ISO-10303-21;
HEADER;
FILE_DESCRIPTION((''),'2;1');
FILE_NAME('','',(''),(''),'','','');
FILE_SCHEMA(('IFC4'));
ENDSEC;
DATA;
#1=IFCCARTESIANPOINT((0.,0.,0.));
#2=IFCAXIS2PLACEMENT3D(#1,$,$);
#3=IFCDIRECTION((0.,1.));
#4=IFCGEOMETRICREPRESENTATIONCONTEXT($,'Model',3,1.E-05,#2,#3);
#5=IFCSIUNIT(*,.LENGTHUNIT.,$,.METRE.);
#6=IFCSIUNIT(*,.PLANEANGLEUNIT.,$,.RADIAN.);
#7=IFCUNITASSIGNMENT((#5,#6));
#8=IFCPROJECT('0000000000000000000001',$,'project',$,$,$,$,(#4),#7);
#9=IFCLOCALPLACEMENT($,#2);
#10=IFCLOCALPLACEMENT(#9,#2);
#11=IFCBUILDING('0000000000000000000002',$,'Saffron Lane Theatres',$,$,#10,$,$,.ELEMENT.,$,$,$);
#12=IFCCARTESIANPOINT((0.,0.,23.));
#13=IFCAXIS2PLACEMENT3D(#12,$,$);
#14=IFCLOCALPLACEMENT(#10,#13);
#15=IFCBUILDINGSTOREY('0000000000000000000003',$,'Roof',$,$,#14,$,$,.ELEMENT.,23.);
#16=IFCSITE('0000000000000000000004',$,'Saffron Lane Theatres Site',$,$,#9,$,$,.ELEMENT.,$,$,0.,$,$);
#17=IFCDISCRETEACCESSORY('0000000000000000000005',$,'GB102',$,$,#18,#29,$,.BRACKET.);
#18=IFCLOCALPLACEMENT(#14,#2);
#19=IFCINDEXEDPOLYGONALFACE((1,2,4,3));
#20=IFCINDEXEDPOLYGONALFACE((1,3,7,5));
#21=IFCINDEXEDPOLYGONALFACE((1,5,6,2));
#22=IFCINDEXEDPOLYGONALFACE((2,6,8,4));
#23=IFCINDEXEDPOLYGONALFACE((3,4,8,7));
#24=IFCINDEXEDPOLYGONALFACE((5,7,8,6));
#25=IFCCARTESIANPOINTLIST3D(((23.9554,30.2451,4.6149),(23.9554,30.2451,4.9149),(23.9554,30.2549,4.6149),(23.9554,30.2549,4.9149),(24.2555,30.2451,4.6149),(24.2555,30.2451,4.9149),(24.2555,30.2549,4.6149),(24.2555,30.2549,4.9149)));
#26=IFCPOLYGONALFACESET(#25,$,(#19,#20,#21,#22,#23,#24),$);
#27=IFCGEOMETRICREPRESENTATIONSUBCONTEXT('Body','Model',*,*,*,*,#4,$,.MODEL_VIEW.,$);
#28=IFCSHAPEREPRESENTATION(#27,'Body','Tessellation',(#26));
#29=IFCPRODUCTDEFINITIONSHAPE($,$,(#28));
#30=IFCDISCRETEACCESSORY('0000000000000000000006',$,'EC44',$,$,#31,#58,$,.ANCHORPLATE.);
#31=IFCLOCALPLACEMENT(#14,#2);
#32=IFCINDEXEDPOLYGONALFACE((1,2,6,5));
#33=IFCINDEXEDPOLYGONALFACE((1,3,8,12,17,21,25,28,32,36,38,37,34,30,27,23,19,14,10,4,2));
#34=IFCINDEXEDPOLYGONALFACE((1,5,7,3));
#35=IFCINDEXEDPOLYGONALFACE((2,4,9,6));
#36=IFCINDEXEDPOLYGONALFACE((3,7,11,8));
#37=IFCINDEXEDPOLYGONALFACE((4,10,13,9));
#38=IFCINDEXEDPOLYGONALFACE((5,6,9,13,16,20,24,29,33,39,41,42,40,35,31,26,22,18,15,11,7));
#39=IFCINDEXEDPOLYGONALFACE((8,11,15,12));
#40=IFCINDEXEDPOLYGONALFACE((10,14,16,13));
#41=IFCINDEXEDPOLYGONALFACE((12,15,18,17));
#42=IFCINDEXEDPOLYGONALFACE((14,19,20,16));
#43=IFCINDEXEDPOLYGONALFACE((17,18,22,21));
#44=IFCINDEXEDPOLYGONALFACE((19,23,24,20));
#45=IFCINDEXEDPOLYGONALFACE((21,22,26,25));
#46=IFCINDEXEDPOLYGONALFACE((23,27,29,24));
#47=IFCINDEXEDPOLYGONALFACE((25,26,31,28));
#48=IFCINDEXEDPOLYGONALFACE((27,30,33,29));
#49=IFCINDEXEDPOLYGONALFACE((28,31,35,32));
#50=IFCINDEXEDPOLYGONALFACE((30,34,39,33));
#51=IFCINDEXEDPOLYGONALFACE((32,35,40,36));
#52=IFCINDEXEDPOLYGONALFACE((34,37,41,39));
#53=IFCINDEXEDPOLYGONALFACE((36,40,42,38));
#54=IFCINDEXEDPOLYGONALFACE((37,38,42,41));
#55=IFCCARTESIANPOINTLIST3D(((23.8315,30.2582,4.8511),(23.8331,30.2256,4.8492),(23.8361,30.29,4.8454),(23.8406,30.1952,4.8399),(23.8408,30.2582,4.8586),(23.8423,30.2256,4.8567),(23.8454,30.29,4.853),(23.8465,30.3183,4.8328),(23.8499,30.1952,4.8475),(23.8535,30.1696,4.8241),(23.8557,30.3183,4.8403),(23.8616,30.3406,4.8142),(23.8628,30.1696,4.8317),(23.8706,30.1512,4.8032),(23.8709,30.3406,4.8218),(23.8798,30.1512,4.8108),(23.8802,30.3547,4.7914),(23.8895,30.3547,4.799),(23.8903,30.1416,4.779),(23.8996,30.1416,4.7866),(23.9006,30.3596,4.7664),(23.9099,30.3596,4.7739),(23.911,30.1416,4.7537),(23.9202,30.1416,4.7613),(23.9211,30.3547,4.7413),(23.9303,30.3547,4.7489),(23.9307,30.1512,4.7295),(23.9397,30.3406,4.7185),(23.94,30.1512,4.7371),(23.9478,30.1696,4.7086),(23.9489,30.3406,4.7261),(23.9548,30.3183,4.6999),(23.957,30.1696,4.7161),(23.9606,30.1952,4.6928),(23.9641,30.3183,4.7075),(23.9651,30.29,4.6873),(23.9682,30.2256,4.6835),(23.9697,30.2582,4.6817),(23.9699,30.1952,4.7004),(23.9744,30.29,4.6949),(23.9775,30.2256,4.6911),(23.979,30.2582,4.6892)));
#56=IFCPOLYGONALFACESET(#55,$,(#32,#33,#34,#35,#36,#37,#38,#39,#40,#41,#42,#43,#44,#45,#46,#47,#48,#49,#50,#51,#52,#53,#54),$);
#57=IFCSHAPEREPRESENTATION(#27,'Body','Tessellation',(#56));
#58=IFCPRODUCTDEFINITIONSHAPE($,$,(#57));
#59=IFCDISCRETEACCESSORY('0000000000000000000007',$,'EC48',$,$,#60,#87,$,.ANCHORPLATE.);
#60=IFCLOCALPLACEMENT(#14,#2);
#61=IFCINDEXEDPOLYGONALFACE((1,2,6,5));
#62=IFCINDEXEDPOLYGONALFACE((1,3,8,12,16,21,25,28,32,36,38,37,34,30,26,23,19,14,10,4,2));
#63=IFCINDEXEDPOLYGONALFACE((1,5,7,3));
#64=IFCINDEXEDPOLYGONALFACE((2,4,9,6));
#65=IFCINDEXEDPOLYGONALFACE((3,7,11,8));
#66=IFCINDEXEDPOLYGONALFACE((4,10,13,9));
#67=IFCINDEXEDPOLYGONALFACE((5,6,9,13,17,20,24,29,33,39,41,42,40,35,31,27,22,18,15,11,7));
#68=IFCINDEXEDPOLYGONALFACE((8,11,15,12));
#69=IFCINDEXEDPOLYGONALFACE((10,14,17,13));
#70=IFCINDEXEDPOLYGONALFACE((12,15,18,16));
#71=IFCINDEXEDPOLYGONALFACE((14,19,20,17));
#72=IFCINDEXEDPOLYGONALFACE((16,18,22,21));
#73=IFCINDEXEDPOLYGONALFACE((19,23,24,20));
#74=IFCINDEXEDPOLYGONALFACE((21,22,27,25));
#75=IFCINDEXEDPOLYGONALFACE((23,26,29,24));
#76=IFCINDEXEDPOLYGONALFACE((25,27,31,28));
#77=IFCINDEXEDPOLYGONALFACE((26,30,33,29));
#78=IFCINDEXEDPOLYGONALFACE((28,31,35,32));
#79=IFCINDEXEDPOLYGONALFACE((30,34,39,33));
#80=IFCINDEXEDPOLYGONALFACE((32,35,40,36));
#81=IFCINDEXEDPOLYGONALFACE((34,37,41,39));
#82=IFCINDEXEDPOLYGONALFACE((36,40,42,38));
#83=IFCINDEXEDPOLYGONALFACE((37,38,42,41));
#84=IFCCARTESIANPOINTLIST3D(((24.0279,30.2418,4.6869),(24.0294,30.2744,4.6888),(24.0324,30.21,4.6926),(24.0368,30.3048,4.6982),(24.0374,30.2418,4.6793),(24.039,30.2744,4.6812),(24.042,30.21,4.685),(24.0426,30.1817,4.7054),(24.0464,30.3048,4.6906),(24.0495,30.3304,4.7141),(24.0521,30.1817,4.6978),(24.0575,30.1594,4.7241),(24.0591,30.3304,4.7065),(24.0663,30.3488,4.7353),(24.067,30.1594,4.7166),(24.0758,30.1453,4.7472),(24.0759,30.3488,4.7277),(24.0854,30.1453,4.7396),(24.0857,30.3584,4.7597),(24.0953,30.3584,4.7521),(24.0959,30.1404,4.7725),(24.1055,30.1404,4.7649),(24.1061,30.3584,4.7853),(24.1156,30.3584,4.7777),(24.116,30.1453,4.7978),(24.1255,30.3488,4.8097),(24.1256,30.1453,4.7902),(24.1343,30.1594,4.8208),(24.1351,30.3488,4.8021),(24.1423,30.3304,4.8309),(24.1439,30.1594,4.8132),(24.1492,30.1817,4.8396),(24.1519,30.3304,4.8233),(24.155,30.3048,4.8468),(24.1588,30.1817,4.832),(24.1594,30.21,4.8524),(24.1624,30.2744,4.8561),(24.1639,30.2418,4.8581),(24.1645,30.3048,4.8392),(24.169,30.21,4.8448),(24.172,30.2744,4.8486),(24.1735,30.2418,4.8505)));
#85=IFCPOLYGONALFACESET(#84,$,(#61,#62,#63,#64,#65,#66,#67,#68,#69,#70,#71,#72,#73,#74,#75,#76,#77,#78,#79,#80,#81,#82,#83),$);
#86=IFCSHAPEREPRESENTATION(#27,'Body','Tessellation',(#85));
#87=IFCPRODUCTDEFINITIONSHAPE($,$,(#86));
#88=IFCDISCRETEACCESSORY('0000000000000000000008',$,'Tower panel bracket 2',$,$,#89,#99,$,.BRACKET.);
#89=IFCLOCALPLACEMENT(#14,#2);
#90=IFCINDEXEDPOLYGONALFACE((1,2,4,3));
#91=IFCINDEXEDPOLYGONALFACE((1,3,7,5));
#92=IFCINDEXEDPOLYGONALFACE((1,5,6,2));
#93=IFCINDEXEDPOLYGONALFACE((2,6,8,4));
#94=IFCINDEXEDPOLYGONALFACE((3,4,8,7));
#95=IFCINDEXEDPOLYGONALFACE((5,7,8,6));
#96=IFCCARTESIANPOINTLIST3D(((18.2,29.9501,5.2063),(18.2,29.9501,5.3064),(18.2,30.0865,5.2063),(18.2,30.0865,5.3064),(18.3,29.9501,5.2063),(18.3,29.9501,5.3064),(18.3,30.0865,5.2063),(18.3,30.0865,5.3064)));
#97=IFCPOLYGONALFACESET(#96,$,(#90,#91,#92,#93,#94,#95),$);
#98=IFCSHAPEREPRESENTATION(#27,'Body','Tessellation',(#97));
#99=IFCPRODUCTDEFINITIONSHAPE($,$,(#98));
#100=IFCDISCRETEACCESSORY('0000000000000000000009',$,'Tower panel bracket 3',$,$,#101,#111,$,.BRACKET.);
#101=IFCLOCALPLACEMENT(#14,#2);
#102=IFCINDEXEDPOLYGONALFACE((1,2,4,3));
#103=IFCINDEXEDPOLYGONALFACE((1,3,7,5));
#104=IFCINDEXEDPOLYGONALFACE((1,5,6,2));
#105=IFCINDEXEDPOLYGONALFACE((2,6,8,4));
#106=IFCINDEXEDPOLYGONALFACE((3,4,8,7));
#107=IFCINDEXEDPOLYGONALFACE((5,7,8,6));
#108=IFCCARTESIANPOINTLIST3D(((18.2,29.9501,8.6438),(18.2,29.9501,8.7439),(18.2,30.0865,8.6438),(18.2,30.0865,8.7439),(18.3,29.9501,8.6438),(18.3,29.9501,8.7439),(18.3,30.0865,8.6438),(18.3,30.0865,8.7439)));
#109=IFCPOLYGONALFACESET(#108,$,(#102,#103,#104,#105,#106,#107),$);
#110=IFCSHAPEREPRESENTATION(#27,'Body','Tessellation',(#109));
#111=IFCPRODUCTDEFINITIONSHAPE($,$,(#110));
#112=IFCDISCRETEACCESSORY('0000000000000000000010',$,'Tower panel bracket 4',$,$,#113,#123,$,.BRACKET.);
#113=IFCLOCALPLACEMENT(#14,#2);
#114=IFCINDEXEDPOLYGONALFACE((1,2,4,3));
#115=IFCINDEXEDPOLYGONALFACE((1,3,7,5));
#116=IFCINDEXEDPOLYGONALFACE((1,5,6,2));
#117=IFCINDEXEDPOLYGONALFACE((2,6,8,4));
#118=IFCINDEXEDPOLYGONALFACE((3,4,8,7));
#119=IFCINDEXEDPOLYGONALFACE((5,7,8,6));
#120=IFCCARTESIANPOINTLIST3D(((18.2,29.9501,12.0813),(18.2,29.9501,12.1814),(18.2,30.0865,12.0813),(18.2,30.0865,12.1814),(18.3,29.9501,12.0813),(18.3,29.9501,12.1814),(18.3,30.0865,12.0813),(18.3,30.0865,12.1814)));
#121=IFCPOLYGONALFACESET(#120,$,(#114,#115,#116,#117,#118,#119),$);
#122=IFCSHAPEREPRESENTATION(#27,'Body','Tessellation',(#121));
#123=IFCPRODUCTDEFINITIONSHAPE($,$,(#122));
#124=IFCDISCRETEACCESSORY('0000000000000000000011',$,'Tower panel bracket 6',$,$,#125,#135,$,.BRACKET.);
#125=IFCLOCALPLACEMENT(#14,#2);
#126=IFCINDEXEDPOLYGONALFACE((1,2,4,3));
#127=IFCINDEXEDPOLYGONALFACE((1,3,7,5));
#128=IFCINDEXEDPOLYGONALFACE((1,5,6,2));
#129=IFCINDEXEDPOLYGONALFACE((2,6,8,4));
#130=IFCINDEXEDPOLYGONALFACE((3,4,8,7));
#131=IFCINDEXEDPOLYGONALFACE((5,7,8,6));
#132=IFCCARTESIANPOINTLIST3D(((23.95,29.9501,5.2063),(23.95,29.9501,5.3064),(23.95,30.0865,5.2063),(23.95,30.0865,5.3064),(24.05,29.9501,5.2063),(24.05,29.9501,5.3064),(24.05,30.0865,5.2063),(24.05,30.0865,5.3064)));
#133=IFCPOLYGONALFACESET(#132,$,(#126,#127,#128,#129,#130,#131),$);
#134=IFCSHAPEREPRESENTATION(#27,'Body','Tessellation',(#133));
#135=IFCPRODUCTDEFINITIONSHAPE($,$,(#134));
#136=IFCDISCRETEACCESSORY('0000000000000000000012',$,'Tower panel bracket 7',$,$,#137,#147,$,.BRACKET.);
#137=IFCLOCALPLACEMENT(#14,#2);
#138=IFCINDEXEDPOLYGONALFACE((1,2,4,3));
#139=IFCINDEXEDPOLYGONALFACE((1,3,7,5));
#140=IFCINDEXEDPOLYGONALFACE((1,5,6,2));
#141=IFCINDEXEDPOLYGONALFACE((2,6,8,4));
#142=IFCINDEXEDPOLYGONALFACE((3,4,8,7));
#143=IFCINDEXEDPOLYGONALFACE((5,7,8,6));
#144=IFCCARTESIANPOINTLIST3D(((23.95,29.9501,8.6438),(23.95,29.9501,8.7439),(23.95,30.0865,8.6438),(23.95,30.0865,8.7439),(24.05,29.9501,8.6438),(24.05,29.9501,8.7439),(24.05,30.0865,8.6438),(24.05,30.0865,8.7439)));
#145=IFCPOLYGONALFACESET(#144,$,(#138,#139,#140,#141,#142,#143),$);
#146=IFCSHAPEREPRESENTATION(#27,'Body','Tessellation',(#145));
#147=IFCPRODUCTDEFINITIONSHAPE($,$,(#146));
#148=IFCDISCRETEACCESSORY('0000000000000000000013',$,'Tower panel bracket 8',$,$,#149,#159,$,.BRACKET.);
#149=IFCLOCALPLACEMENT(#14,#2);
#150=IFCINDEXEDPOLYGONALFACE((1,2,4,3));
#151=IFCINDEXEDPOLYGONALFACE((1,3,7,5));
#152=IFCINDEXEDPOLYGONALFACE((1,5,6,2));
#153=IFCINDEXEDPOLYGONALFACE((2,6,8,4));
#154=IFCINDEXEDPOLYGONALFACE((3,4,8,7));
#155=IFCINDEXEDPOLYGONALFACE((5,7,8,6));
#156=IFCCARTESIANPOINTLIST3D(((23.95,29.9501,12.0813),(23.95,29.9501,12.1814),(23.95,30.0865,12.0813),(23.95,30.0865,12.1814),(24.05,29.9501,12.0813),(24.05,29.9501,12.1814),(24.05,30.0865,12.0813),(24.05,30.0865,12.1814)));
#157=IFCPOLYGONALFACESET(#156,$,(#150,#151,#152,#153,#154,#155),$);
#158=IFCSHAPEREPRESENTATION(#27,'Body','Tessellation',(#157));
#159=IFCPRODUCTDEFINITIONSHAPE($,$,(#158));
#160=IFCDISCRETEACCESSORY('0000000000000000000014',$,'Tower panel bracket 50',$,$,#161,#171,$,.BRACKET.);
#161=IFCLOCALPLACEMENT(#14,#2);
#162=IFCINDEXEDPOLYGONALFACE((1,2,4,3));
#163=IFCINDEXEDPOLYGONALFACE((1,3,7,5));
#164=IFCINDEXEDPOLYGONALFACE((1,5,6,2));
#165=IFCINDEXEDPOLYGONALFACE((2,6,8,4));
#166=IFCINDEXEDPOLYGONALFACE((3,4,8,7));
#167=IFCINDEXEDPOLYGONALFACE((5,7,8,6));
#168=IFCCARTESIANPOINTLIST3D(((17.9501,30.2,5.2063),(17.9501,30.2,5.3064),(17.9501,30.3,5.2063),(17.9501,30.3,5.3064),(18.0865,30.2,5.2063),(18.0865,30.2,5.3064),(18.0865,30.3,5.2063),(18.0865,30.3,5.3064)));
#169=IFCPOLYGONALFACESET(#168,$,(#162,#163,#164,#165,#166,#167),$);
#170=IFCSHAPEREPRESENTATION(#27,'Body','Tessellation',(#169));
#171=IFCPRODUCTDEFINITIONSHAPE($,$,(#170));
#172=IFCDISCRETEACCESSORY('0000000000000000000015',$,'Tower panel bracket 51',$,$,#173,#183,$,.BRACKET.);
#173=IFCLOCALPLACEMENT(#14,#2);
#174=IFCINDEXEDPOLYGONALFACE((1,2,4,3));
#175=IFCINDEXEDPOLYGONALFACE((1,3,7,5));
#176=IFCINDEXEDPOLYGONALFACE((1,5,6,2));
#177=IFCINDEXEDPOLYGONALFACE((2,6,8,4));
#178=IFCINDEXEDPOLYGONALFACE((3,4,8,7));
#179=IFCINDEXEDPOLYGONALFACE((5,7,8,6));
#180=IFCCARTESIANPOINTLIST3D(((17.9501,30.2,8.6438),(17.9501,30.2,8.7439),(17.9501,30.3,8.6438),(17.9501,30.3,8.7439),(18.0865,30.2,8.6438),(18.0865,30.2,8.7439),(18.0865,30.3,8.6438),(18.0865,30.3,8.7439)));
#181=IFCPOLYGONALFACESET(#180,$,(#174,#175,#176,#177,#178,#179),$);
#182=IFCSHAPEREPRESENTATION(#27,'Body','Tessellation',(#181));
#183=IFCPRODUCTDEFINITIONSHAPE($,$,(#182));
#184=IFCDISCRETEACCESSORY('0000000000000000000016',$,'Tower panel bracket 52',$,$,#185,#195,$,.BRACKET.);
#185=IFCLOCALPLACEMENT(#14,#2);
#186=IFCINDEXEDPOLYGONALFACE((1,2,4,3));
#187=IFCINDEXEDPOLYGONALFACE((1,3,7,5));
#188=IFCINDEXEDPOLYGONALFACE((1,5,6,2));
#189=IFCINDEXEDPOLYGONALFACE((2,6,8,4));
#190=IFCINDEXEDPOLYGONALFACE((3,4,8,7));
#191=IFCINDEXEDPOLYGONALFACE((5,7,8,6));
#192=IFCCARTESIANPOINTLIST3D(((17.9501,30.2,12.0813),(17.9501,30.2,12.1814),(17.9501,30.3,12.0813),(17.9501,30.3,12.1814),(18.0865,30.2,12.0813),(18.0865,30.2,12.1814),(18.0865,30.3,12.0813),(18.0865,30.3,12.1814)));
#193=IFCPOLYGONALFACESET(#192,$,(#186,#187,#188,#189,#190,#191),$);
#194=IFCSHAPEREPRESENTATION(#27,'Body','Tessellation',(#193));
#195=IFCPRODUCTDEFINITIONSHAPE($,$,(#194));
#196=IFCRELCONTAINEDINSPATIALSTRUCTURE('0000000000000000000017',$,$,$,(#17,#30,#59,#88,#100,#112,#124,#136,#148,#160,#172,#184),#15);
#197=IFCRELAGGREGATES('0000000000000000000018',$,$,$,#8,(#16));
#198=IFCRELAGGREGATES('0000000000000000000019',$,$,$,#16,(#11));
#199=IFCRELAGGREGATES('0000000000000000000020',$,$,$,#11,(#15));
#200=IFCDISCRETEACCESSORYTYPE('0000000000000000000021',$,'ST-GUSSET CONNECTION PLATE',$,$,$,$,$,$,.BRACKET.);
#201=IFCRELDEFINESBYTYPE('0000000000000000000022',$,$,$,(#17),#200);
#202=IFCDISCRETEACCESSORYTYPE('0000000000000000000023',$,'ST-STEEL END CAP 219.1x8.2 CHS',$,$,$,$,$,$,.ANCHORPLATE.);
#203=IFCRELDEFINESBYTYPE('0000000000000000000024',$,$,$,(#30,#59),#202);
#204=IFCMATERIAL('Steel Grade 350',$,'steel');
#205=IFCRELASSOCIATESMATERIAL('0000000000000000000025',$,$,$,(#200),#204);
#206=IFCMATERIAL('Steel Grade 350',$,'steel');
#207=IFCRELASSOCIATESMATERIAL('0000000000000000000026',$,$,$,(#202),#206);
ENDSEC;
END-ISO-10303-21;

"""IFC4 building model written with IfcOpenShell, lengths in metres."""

from ifc_helpers import new_model, si_unit, direction, frame, origin, origin_2d, place, context, subcontext, project, spatial, rectangle, circle, extrude, material, material_profile, profile_set, type_object, element, save


model = new_model("IFC4")

# Units and contexts
model_context = context("Model", 3, precision=1e-05, world=origin(), true_north=direction((0.0, 1.0)))
body_context = subcontext(model_context, "Body", "Model", "MODEL_VIEW")
ifc_project = project(units=[si_unit("LENGTHUNIT", "METRE"), si_unit("PLANEANGLEUNIT", "RADIAN")], contexts=[model_context])

# Site, building, storey
site_placement = place(None, origin())
site = spatial("IfcSite", under=ifc_project, at=site_placement, Name="Saffron Lane Theatres Site", CompositionType="ELEMENT", RefElevation=0.0)
building_placement = place(site_placement, origin())
building = spatial("IfcBuilding", under=site, at=building_placement, Name="Saffron Lane Theatres", CompositionType="ELEMENT")
storey_placement = place(building_placement, frame((0.0, 0.0, 23.0)))
storey = spatial("IfcBuildingStorey", under=building, at=storey_placement, Name="Roof", CompositionType="ELEMENT", Elevation=23.0)

# Discrete accessories
ifc_material_1 = material(Name="Steel Grade 350", Category="steel")
ifc_material_profile_1 = material_profile(ifc_material_1, rectangle(XDim=0.3, YDim=0.3, at=origin_2d()))
ifc_profile_set_1 = profile_set([ifc_material_profile_1], Name="Steel Grade 350")
discrete_accessory_type_1 = type_object("IfcDiscreteAccessoryType", Name="ST-GUSSET CONNECTION PLATE", PredefinedType="BRACKET", material=ifc_profile_set_1)
for number, where, z_axis, x_axis, name in (
    (1, (24.1055, 30.2451, 4.7649), (0.0, 1.0, 0.0), (-1.0, 0.0, 0.0), "GB102"),
):
    element("IfcDiscreteAccessory", number, at=place(storey_placement, frame(where, z_axis=z_axis, x_axis=x_axis)), inside=storey, type_object=discrete_accessory_type_1, Name=name, PredefinedType="BRACKET", context=body_context, shape_type="SweptSolid", body=[
        extrude(rectangle(XDim=0.3, YDim=0.3, at=origin_2d()), origin(), (0.0, 0.0, 1.0), 0.0098),
    ])
ifc_material_2 = material(Name="Steel Grade 350", Category="steel")
ifc_material_profile_2 = material_profile(ifc_material_2, circle(Radius=0.1096, at=origin_2d()))
ifc_profile_set_2 = profile_set([ifc_material_profile_2], Name="Steel Grade 350")
discrete_accessory_type_2 = type_object("IfcDiscreteAccessoryType", Name="ST-STEEL END CAP 219.1x8.2 CHS", PredefinedType="ANCHORPLATE", material=ifc_profile_set_2)
discrete_accessory_1_placement = place(storey_placement, frame((23.9006, 30.25, 4.7664), z_axis=(0.774865, 0.0, 0.632127), x_axis=(0.0, 1.0, 0.0)))
element("IfcDiscreteAccessory", 2, at=discrete_accessory_1_placement, inside=storey, type_object=discrete_accessory_type_2, Name="EC44", PredefinedType="ANCHORPLATE", context=body_context, shape_type="SweptSolid", body=[
    extrude(circle(Radius=0.1096, at=origin_2d()), origin(), (0.0, 0.0, 1.0), 0.012),
])
discrete_accessory_2_placement = place(storey_placement, frame((24.1055, 30.25, 4.7649), z_axis=(-0.782823, 0.0, 0.622244), x_axis=(0.0, -1.0, 0.0)))
element("IfcDiscreteAccessory", 3, at=discrete_accessory_2_placement, inside=storey, type_object=discrete_accessory_type_2, Name="EC48", PredefinedType="ANCHORPLATE", context=body_context, shape_type="SweptSolid", body=[
    extrude(circle(Radius=0.1096, at=origin_2d()), origin(), (0.0, 0.0, 1.0), 0.0122),
])
for number, where, z_axis, x_axis, name in (
    (4, (18.25, 30.0183, 5.2063), (0.0, 0.0, 1.0), (1.0, 0.0, 0.0), "Tower panel bracket 2"),
    (5, (18.25, 30.0183, 8.6438), (0.0, 0.0, 1.0), (1.0, 0.0, 0.0), "Tower panel bracket 3"),
    (6, (18.25, 30.0183, 12.0813), (0.0, 0.0, 1.0), (1.0, 0.0, 0.0), "Tower panel bracket 4"),
    (7, (24.0, 30.0183, 5.2063), (0.0, 0.0, 1.0), (1.0, 0.0, 0.0), "Tower panel bracket 6"),
    (8, (24.0, 30.0183, 8.6438), (0.0, 0.0, 1.0), (1.0, 0.0, 0.0), "Tower panel bracket 7"),
    (9, (24.0, 30.0183, 12.0813), (0.0, 0.0, 1.0), (1.0, 0.0, 0.0), "Tower panel bracket 8"),
    (10, (18.0183, 30.25, 5.2063), (0.0, 0.0, 1.0), (0.0, 1.0, 0.0), "Tower panel bracket 50"),
    (11, (18.0183, 30.25, 8.6438), (0.0, 0.0, 1.0), (0.0, 1.0, 0.0), "Tower panel bracket 51"),
    (12, (18.0183, 30.25, 12.0813), (0.0, 0.0, 1.0), (0.0, 1.0, 0.0), "Tower panel bracket 52"),
):
    element("IfcDiscreteAccessory", number, at=place(storey_placement, frame(where, z_axis=z_axis, x_axis=x_axis)), inside=storey, Name=name, PredefinedType="BRACKET", context=body_context, shape_type="SweptSolid", body=[
        extrude(rectangle(XDim=0.1001, YDim=0.1365, at=origin_2d()), origin(), (0.0, 0.0, 1.0), 0.1001),
    ])

save(model, "model.ifc")
